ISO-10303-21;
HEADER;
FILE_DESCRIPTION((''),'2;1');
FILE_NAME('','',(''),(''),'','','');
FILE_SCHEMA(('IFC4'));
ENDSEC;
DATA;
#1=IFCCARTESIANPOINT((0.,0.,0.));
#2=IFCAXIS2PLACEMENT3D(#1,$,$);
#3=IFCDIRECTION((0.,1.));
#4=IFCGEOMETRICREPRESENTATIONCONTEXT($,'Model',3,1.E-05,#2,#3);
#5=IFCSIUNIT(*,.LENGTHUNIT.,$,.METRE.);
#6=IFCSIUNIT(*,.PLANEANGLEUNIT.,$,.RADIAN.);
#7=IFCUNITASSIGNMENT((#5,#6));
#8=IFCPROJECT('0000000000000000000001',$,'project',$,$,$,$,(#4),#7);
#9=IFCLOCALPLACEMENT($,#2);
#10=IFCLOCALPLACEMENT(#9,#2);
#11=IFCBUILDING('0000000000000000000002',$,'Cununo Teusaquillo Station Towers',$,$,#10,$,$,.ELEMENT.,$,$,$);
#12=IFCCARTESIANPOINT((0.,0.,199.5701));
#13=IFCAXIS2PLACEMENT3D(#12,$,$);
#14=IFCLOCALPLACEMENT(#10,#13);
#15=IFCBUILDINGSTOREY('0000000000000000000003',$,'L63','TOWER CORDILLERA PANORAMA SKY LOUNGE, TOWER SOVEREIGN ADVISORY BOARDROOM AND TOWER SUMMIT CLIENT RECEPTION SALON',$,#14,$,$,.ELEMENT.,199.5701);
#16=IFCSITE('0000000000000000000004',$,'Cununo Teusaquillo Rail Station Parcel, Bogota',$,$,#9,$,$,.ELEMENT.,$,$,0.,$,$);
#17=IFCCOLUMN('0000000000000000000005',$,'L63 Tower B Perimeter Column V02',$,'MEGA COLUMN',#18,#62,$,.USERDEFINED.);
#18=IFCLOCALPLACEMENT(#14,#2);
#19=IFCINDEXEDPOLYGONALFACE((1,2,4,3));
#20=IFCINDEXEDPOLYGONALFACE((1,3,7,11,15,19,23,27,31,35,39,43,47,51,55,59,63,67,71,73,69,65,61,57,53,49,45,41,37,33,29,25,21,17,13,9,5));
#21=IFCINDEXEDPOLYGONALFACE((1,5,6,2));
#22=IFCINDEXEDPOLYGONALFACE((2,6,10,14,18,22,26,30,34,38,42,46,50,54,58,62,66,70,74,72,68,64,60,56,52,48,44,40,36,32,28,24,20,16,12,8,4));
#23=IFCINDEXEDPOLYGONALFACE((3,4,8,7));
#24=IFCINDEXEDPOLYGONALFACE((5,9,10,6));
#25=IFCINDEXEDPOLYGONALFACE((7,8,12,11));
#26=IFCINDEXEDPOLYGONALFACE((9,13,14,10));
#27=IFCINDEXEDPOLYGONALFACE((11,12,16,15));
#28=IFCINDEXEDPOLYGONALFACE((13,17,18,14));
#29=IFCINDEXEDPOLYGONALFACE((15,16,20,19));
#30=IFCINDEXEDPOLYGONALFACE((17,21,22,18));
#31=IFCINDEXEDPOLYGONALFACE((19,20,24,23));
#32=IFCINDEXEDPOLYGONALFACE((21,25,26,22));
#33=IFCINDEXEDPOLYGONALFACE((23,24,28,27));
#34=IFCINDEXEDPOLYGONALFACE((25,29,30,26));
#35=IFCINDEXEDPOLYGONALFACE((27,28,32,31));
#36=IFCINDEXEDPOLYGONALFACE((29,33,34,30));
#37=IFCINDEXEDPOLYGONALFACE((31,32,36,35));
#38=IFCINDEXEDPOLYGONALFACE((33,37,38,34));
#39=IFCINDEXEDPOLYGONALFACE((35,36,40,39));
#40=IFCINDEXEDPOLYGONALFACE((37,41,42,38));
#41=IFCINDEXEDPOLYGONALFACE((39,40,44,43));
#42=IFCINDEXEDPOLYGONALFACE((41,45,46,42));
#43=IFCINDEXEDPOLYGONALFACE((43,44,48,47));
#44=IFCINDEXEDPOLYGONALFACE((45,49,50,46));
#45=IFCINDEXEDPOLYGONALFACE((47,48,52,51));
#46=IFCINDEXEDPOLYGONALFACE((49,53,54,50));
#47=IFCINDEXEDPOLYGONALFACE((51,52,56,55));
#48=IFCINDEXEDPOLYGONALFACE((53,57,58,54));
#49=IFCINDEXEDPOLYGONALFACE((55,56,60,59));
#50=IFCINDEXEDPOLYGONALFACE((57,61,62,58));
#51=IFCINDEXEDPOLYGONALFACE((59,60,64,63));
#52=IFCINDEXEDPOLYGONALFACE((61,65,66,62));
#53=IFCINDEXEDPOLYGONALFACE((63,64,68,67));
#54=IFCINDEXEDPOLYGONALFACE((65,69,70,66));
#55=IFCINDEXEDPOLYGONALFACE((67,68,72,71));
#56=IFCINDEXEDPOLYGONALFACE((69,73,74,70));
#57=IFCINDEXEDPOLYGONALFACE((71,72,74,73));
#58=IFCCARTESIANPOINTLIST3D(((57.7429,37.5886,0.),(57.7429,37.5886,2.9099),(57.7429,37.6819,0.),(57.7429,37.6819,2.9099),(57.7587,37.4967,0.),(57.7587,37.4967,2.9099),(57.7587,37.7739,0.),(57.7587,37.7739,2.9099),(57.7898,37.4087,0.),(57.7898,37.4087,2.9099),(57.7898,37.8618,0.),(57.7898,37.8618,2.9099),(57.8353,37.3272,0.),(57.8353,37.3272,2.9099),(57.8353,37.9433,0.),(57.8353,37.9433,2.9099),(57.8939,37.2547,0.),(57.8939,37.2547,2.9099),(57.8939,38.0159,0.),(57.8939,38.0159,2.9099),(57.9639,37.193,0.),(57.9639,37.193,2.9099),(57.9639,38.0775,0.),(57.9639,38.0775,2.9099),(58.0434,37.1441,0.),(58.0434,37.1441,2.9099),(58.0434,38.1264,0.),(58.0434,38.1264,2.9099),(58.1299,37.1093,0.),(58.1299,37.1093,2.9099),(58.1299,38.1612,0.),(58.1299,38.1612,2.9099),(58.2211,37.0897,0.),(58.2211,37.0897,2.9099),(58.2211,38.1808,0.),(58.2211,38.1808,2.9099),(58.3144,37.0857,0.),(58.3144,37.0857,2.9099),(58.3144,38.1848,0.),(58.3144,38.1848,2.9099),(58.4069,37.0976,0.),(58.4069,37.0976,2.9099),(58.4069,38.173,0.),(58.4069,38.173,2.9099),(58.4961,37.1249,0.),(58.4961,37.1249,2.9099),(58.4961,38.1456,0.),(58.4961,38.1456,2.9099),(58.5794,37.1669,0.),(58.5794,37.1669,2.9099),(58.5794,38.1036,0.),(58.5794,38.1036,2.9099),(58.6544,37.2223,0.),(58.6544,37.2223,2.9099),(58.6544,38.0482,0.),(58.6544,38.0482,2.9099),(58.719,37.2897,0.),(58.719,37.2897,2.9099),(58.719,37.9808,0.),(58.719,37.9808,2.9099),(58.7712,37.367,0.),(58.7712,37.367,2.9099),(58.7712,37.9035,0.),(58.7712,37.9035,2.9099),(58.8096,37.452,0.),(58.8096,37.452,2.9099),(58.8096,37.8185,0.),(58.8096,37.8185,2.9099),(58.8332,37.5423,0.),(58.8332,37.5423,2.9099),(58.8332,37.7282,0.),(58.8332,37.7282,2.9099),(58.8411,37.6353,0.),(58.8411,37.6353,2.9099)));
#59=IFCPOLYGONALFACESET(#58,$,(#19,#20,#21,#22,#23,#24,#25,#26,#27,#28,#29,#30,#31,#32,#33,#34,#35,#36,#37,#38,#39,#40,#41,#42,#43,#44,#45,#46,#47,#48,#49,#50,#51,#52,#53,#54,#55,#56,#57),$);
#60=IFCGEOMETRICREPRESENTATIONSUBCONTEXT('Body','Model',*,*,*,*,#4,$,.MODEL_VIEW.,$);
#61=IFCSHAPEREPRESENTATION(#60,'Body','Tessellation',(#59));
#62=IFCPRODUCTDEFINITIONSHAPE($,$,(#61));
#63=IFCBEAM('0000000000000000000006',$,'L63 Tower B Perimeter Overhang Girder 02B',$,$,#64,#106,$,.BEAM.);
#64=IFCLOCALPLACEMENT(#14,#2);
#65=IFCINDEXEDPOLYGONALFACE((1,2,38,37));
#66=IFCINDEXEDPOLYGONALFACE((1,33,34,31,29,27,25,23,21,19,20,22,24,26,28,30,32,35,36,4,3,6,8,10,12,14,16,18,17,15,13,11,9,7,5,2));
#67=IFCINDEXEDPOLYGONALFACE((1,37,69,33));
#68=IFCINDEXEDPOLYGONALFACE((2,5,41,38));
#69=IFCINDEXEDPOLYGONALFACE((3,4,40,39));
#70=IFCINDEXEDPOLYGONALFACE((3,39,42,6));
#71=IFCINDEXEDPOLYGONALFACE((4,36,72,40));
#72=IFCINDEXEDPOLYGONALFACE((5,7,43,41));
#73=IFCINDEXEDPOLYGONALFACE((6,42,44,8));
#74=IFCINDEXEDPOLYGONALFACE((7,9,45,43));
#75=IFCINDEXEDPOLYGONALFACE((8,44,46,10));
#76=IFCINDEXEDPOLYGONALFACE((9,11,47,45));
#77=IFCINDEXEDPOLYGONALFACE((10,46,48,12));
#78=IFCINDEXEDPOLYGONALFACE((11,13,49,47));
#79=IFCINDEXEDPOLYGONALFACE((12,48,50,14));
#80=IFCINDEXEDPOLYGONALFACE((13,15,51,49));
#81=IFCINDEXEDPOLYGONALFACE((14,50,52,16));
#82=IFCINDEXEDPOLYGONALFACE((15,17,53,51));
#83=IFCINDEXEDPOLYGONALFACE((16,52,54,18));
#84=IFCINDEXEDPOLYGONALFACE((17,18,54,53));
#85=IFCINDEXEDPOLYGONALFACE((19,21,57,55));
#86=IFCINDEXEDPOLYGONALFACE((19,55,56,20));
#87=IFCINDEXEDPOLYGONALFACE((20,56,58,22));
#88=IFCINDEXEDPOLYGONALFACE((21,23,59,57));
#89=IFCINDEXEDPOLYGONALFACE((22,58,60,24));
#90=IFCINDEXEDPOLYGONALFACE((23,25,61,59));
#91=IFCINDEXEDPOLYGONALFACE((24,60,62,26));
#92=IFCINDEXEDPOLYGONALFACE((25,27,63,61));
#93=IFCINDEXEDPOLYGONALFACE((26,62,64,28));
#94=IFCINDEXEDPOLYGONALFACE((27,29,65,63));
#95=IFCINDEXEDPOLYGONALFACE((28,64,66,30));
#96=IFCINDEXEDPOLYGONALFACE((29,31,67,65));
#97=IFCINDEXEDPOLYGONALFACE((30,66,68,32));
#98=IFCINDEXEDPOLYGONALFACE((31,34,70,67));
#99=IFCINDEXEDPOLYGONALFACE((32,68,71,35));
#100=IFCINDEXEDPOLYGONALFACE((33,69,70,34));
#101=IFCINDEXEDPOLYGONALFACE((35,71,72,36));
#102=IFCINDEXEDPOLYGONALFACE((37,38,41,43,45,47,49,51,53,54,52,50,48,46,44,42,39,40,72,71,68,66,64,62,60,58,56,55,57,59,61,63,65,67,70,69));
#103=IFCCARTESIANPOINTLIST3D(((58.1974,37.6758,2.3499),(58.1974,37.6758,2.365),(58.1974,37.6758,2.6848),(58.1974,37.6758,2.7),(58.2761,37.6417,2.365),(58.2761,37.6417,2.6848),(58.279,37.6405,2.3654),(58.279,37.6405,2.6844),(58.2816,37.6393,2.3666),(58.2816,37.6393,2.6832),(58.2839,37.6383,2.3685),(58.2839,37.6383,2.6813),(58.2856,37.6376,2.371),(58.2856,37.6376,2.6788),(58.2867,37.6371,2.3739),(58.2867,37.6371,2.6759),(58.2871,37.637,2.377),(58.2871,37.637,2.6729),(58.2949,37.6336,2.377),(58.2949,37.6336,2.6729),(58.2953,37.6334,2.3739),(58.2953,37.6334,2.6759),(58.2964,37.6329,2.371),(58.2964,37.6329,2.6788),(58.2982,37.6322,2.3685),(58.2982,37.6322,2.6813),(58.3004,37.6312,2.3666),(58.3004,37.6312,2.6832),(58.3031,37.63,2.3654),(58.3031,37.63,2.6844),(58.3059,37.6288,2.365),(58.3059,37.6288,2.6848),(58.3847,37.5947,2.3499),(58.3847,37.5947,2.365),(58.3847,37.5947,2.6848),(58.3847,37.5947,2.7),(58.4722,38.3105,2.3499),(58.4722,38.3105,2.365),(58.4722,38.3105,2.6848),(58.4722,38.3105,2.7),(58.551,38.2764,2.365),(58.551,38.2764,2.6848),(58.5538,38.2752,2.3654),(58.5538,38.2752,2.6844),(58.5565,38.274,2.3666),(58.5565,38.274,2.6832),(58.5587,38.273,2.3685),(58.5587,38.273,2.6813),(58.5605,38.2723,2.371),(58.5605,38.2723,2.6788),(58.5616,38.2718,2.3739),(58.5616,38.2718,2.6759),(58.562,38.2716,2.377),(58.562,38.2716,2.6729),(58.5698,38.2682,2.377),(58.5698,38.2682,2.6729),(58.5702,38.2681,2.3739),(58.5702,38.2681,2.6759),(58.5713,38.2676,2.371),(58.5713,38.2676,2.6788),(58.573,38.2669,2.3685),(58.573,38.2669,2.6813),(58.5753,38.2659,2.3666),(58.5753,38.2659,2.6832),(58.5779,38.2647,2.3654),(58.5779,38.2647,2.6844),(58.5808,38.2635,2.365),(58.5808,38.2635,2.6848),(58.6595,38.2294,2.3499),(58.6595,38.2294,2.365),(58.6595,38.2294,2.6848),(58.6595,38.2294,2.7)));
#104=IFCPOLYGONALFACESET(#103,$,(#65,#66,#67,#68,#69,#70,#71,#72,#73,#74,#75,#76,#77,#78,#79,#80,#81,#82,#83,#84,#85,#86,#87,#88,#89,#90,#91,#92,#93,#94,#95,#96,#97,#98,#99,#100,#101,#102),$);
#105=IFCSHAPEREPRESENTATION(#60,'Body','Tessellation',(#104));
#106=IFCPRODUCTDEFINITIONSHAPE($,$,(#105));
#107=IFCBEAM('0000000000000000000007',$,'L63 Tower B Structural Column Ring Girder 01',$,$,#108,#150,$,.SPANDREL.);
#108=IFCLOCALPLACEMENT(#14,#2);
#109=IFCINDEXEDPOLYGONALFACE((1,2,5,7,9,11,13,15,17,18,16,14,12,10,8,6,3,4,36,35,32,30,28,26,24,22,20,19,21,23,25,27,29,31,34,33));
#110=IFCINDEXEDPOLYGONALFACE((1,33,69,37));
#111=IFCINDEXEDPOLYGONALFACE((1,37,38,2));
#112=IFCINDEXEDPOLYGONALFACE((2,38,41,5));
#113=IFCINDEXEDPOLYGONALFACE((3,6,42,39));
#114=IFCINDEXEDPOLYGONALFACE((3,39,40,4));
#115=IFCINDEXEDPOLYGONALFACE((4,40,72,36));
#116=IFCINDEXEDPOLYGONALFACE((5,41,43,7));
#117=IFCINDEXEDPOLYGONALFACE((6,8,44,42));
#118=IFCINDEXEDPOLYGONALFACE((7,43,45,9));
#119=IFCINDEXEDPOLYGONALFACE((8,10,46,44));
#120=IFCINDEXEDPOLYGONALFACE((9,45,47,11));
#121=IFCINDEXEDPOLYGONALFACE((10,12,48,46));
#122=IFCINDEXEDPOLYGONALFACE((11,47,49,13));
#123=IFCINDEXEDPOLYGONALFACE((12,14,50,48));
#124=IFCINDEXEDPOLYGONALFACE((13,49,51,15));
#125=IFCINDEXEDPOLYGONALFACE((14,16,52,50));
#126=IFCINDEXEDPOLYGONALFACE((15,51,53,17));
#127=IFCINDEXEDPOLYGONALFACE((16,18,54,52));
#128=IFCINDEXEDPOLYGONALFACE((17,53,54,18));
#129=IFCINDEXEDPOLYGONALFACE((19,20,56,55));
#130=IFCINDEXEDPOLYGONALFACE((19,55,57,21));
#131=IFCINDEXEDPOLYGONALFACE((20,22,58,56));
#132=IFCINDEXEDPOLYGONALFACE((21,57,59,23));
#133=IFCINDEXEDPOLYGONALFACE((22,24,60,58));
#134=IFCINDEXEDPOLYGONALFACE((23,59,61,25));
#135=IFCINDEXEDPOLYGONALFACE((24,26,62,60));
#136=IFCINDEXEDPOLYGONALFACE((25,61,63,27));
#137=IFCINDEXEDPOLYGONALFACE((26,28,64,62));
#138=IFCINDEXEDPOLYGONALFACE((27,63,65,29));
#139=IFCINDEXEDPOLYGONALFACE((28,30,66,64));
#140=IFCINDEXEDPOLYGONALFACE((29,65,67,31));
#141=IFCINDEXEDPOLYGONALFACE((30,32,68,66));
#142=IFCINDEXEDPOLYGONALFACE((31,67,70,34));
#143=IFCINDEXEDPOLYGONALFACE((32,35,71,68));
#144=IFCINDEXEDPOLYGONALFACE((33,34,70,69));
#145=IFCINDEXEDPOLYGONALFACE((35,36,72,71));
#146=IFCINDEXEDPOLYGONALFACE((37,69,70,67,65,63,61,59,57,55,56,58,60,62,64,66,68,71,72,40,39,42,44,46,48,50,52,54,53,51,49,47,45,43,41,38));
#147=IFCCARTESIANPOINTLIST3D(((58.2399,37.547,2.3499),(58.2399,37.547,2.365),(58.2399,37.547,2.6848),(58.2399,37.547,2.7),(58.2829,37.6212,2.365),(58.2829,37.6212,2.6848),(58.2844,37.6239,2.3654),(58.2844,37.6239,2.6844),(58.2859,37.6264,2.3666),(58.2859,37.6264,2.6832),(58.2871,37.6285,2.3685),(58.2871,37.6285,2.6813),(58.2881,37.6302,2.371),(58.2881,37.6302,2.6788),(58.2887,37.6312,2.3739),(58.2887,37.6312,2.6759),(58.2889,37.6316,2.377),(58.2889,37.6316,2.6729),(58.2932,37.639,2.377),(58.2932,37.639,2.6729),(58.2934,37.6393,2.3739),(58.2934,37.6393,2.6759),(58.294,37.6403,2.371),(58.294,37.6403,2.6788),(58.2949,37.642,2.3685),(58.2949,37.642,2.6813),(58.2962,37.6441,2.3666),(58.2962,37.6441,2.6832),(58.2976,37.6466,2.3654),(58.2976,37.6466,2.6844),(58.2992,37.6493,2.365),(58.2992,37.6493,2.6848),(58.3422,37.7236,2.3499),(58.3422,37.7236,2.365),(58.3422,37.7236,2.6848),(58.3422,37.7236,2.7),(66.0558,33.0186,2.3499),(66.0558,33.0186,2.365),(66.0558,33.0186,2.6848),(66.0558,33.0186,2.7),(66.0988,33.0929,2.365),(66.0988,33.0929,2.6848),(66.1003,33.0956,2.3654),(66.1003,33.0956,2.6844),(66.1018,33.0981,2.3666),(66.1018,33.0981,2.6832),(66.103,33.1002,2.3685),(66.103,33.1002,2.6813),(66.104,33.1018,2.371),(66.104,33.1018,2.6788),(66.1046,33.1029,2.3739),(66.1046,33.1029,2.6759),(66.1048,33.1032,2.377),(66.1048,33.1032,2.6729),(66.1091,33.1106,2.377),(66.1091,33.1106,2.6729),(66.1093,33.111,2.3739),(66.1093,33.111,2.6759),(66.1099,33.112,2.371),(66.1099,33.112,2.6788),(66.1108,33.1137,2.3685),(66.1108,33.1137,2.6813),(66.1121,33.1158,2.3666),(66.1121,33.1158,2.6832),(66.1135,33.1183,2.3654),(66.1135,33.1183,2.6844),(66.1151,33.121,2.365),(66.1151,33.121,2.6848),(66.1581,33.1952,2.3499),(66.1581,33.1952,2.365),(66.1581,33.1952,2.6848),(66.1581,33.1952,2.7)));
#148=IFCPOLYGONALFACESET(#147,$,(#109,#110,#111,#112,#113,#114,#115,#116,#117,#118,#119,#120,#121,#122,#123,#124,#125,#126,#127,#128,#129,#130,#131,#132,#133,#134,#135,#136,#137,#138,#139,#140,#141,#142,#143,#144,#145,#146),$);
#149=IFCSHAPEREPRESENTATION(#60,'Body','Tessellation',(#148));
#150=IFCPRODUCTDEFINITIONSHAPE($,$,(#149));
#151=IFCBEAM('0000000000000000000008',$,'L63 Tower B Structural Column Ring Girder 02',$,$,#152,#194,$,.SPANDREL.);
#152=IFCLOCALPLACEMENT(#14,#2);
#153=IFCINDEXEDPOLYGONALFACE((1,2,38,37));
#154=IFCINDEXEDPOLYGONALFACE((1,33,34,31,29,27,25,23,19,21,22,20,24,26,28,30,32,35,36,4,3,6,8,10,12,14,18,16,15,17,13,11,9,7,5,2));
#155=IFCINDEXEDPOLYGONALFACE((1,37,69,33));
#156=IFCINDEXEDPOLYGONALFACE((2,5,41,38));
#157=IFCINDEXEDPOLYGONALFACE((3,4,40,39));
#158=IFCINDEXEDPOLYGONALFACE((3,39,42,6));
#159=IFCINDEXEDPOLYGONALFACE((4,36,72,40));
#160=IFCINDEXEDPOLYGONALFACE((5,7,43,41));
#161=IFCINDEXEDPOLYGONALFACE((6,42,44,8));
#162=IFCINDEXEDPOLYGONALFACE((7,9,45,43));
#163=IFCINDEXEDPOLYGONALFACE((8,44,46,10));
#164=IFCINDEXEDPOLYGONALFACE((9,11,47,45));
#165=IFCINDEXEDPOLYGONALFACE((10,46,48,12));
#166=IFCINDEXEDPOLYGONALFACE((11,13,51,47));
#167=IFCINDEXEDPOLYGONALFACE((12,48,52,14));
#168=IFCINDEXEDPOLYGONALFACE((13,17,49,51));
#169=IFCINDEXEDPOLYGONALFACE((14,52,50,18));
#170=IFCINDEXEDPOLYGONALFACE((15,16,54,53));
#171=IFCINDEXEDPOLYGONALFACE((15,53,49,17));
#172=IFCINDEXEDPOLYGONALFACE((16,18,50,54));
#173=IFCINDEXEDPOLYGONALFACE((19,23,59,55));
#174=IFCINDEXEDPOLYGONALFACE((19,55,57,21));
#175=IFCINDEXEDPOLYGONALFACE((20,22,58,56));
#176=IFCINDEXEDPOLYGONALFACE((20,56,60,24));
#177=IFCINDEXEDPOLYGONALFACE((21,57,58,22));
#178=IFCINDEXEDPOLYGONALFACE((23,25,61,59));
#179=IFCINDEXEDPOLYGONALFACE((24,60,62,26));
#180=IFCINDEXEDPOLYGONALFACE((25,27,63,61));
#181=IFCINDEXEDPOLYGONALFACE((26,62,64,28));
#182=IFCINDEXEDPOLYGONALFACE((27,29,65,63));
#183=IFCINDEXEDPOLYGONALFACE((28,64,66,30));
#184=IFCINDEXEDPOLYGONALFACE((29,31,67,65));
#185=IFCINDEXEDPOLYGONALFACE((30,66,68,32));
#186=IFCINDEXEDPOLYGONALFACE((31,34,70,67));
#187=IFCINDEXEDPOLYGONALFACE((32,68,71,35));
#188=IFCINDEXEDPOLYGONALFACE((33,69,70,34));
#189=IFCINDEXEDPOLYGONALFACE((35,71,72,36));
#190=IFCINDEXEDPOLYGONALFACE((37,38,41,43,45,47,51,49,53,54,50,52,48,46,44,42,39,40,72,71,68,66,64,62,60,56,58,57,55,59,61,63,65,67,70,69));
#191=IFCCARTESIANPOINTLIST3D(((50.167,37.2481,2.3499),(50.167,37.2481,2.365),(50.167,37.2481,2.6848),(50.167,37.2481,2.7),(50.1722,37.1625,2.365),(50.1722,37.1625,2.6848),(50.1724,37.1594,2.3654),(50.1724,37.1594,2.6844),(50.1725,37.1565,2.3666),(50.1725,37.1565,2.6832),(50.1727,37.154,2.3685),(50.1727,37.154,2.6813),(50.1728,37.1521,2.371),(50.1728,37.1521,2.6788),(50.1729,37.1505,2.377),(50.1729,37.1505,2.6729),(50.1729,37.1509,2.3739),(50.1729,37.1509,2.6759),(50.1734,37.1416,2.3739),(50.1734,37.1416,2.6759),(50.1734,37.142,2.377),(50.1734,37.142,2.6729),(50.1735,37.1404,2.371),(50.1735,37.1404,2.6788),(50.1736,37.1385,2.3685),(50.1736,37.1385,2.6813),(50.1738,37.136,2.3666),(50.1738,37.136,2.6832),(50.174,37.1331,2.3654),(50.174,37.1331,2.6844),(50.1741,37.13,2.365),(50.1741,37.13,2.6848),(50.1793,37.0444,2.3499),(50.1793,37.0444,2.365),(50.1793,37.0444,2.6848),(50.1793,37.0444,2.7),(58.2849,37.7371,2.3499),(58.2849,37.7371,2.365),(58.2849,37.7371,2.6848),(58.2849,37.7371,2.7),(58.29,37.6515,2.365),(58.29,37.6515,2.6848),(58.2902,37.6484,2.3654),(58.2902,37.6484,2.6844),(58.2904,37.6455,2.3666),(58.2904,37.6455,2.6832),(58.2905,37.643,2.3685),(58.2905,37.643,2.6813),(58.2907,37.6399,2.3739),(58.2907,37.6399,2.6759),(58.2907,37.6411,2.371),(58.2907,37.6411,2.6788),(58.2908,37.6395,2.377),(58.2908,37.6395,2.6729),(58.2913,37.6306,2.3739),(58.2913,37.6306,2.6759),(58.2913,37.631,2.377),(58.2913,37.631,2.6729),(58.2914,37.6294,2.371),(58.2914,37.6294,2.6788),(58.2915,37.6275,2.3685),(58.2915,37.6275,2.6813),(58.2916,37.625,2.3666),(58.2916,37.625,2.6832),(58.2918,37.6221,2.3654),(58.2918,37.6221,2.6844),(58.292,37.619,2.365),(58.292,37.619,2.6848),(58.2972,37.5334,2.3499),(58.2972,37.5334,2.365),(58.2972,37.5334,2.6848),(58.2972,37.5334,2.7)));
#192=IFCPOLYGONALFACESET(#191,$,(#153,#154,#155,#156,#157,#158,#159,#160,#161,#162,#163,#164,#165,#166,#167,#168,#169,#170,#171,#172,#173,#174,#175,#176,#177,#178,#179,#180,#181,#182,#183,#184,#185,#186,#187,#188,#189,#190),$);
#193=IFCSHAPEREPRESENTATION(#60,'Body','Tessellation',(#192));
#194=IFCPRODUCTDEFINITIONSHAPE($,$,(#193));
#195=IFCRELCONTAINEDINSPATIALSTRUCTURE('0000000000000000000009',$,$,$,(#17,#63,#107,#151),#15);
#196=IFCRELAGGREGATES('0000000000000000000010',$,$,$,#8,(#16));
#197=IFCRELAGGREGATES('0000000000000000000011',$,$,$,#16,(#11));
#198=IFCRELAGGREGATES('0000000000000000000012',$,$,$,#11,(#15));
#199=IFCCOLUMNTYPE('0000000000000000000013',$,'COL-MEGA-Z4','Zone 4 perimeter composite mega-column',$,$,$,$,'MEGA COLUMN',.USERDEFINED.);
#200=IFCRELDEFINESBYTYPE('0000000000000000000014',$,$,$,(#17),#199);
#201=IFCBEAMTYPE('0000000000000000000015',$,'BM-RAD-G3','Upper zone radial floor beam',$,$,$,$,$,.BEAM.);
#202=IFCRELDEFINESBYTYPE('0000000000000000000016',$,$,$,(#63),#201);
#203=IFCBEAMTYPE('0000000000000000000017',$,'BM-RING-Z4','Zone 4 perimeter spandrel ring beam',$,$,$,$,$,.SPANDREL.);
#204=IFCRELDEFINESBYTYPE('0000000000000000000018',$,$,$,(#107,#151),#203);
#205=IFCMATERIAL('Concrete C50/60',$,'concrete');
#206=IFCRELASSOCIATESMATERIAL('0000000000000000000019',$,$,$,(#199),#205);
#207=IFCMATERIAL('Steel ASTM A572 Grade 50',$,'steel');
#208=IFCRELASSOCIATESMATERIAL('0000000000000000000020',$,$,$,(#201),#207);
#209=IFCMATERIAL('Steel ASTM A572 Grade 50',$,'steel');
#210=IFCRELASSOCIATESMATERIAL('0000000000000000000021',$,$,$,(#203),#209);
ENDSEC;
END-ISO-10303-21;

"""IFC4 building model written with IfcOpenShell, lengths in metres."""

from ifc_helpers import new_model, si_unit, direction, frame, origin, origin_2d, place, context, subcontext, project, spatial, circle, i_section, extrude, material, material_profile, profile_set, type_object, element, save


model = new_model("IFC4")

# Units and contexts
model_context = context("Model", 3, precision=1e-05, world=origin(), true_north=direction((0.0, 1.0)))
body_context = subcontext(model_context, "Body", "Model", "MODEL_VIEW")
ifc_project = project(units=[si_unit("LENGTHUNIT", "METRE"), si_unit("PLANEANGLEUNIT", "RADIAN")], contexts=[model_context])

# Site, building, storey
site_placement = place(None, origin())
site = spatial("IfcSite", under=ifc_project, at=site_placement, Name="Cununo Teusaquillo Rail Station Parcel, Bogota", CompositionType="ELEMENT", RefElevation=0.0)
building_placement = place(site_placement, origin())
building = spatial("IfcBuilding", under=site, at=building_placement, Name="Cununo Teusaquillo Station Towers", CompositionType="ELEMENT")
storey_placement = place(building_placement, frame((0.0, 0.0, 199.5701)))
storey = spatial("IfcBuildingStorey", under=building, at=storey_placement, Name="L63", Description="TOWER CORDILLERA PANORAMA SKY LOUNGE, TOWER SOVEREIGN ADVISORY BOARDROOM AND TOWER SUMMIT CLIENT RECEPTION SALON", CompositionType="ELEMENT", Elevation=199.5701)

# Column
ifc_material_1 = material(Name="Concrete C50/60", Category="concrete")
ifc_material_profile_1 = material_profile(ifc_material_1, circle(Radius=0.55, at=origin_2d()), Name="RC-CIRC-1100")
ifc_profile_set_1 = profile_set([ifc_material_profile_1], Name="Concrete C50/60")
column_type = type_object("IfcColumnType", Name="COL-MEGA-Z4", Description="Zone 4 perimeter composite mega-column", ElementType="MEGA COLUMN", PredefinedType="USERDEFINED", material=ifc_profile_set_1)
column_placement = place(storey_placement, frame((58.291, 37.6353, 0.0), z_axis=(0.0, 0.0, 1.0), x_axis=(1.0, 0.0, 0.0)))
element("IfcColumn", 1, at=column_placement, inside=storey, type_object=column_type, Name="L63 Tower B Perimeter Column V02", ObjectType="MEGA COLUMN", PredefinedType="USERDEFINED", context=body_context, shape_type="SweptSolid", body=[
    extrude(circle(Radius=0.55, at=origin_2d()), origin(), (0.0, 0.0, 1.0), 2.9099),
])

# Beams
ifc_material_2 = material(Name="Steel ASTM A572 Grade 50", Category="steel")
ifc_material_profile_2 = material_profile(ifc_material_2, i_section(OverallWidth=0.2041, OverallDepth=0.3501, WebThickness=0.0085, FlangeThickness=0.0151, FilletRadius=0.012, at=origin_2d()), Name="W14X48")
ifc_profile_set_2 = profile_set([ifc_material_profile_2], Name="Steel ASTM A572 Grade 50")
beam_type_1 = type_object("IfcBeamType", Name="BM-RAD-G3", Description="Upper zone radial floor beam", PredefinedType="BEAM", material=ifc_profile_set_2)
beam_1_placement = place(storey_placement, frame((58.291, 37.6353, 2.5249), z_axis=(0.397409, 0.917641, 0.0), x_axis=(-0.917641, 0.397409, 0.0)))
element("IfcBeam", 2, at=beam_1_placement, inside=storey, type_object=beam_type_1, Name="L63 Tower B Perimeter Overhang Girder 02B", PredefinedType="BEAM", context=body_context, shape_type="SweptSolid", body=[
    extrude(i_section(OverallWidth=0.2041, OverallDepth=0.3501, WebThickness=0.0085, FlangeThickness=0.0151, FilletRadius=0.012, at=origin_2d()), origin(), (0.0, 0.0, 1.0), 0.6917),
])
ifc_material_3 = material(Name="Steel ASTM A572 Grade 50", Category="steel")
ifc_material_profile_3 = material_profile(ifc_material_3, i_section(OverallWidth=0.2041, OverallDepth=0.3501, WebThickness=0.0085, FlangeThickness=0.0151, FilletRadius=0.012, at=origin_2d()), Name="W14X48")
ifc_profile_set_3 = profile_set([ifc_material_profile_3], Name="Steel ASTM A572 Grade 50")
beam_type_2 = type_object("IfcBeamType", Name="BM-RING-Z4", Description="Zone 4 perimeter spandrel ring beam", PredefinedType="SPANDREL", material=ifc_profile_set_3)
beam_2_placement = place(storey_placement, frame((66.1069, 33.1069, 2.5249), z_axis=(-0.865267, 0.501311, 0.0), x_axis=(-0.501311, -0.865267, 0.0)))
element("IfcBeam", 3, at=beam_2_placement, inside=storey, type_object=beam_type_2, Name="L63 Tower B Structural Column Ring Girder 01", PredefinedType="SPANDREL", context=body_context, shape_type="SweptSolid", body=[
    extrude(i_section(OverallWidth=0.2041, OverallDepth=0.3501, WebThickness=0.0085, FlangeThickness=0.0151, FilletRadius=0.012, at=origin_2d()), origin(), (0.0, 0.0, 1.0), 9.033),
])
beam_3_placement = place(storey_placement, frame((58.291, 37.6353, 2.5249), z_axis=(-0.998191, -0.06013, 0.0), x_axis=(0.06013, -0.998191, 0.0)))
element("IfcBeam", 4, at=beam_3_placement, inside=storey, type_object=beam_type_2, Name="L63 Tower B Structural Column Ring Girder 02", PredefinedType="SPANDREL", context=body_context, shape_type="SweptSolid", body=[
    extrude(i_section(OverallWidth=0.2041, OverallDepth=0.3501, WebThickness=0.0085, FlangeThickness=0.0151, FilletRadius=0.012, at=origin_2d()), origin(), (0.0, 0.0, 1.0), 8.1326),
])

save(model, "model.ifc")
